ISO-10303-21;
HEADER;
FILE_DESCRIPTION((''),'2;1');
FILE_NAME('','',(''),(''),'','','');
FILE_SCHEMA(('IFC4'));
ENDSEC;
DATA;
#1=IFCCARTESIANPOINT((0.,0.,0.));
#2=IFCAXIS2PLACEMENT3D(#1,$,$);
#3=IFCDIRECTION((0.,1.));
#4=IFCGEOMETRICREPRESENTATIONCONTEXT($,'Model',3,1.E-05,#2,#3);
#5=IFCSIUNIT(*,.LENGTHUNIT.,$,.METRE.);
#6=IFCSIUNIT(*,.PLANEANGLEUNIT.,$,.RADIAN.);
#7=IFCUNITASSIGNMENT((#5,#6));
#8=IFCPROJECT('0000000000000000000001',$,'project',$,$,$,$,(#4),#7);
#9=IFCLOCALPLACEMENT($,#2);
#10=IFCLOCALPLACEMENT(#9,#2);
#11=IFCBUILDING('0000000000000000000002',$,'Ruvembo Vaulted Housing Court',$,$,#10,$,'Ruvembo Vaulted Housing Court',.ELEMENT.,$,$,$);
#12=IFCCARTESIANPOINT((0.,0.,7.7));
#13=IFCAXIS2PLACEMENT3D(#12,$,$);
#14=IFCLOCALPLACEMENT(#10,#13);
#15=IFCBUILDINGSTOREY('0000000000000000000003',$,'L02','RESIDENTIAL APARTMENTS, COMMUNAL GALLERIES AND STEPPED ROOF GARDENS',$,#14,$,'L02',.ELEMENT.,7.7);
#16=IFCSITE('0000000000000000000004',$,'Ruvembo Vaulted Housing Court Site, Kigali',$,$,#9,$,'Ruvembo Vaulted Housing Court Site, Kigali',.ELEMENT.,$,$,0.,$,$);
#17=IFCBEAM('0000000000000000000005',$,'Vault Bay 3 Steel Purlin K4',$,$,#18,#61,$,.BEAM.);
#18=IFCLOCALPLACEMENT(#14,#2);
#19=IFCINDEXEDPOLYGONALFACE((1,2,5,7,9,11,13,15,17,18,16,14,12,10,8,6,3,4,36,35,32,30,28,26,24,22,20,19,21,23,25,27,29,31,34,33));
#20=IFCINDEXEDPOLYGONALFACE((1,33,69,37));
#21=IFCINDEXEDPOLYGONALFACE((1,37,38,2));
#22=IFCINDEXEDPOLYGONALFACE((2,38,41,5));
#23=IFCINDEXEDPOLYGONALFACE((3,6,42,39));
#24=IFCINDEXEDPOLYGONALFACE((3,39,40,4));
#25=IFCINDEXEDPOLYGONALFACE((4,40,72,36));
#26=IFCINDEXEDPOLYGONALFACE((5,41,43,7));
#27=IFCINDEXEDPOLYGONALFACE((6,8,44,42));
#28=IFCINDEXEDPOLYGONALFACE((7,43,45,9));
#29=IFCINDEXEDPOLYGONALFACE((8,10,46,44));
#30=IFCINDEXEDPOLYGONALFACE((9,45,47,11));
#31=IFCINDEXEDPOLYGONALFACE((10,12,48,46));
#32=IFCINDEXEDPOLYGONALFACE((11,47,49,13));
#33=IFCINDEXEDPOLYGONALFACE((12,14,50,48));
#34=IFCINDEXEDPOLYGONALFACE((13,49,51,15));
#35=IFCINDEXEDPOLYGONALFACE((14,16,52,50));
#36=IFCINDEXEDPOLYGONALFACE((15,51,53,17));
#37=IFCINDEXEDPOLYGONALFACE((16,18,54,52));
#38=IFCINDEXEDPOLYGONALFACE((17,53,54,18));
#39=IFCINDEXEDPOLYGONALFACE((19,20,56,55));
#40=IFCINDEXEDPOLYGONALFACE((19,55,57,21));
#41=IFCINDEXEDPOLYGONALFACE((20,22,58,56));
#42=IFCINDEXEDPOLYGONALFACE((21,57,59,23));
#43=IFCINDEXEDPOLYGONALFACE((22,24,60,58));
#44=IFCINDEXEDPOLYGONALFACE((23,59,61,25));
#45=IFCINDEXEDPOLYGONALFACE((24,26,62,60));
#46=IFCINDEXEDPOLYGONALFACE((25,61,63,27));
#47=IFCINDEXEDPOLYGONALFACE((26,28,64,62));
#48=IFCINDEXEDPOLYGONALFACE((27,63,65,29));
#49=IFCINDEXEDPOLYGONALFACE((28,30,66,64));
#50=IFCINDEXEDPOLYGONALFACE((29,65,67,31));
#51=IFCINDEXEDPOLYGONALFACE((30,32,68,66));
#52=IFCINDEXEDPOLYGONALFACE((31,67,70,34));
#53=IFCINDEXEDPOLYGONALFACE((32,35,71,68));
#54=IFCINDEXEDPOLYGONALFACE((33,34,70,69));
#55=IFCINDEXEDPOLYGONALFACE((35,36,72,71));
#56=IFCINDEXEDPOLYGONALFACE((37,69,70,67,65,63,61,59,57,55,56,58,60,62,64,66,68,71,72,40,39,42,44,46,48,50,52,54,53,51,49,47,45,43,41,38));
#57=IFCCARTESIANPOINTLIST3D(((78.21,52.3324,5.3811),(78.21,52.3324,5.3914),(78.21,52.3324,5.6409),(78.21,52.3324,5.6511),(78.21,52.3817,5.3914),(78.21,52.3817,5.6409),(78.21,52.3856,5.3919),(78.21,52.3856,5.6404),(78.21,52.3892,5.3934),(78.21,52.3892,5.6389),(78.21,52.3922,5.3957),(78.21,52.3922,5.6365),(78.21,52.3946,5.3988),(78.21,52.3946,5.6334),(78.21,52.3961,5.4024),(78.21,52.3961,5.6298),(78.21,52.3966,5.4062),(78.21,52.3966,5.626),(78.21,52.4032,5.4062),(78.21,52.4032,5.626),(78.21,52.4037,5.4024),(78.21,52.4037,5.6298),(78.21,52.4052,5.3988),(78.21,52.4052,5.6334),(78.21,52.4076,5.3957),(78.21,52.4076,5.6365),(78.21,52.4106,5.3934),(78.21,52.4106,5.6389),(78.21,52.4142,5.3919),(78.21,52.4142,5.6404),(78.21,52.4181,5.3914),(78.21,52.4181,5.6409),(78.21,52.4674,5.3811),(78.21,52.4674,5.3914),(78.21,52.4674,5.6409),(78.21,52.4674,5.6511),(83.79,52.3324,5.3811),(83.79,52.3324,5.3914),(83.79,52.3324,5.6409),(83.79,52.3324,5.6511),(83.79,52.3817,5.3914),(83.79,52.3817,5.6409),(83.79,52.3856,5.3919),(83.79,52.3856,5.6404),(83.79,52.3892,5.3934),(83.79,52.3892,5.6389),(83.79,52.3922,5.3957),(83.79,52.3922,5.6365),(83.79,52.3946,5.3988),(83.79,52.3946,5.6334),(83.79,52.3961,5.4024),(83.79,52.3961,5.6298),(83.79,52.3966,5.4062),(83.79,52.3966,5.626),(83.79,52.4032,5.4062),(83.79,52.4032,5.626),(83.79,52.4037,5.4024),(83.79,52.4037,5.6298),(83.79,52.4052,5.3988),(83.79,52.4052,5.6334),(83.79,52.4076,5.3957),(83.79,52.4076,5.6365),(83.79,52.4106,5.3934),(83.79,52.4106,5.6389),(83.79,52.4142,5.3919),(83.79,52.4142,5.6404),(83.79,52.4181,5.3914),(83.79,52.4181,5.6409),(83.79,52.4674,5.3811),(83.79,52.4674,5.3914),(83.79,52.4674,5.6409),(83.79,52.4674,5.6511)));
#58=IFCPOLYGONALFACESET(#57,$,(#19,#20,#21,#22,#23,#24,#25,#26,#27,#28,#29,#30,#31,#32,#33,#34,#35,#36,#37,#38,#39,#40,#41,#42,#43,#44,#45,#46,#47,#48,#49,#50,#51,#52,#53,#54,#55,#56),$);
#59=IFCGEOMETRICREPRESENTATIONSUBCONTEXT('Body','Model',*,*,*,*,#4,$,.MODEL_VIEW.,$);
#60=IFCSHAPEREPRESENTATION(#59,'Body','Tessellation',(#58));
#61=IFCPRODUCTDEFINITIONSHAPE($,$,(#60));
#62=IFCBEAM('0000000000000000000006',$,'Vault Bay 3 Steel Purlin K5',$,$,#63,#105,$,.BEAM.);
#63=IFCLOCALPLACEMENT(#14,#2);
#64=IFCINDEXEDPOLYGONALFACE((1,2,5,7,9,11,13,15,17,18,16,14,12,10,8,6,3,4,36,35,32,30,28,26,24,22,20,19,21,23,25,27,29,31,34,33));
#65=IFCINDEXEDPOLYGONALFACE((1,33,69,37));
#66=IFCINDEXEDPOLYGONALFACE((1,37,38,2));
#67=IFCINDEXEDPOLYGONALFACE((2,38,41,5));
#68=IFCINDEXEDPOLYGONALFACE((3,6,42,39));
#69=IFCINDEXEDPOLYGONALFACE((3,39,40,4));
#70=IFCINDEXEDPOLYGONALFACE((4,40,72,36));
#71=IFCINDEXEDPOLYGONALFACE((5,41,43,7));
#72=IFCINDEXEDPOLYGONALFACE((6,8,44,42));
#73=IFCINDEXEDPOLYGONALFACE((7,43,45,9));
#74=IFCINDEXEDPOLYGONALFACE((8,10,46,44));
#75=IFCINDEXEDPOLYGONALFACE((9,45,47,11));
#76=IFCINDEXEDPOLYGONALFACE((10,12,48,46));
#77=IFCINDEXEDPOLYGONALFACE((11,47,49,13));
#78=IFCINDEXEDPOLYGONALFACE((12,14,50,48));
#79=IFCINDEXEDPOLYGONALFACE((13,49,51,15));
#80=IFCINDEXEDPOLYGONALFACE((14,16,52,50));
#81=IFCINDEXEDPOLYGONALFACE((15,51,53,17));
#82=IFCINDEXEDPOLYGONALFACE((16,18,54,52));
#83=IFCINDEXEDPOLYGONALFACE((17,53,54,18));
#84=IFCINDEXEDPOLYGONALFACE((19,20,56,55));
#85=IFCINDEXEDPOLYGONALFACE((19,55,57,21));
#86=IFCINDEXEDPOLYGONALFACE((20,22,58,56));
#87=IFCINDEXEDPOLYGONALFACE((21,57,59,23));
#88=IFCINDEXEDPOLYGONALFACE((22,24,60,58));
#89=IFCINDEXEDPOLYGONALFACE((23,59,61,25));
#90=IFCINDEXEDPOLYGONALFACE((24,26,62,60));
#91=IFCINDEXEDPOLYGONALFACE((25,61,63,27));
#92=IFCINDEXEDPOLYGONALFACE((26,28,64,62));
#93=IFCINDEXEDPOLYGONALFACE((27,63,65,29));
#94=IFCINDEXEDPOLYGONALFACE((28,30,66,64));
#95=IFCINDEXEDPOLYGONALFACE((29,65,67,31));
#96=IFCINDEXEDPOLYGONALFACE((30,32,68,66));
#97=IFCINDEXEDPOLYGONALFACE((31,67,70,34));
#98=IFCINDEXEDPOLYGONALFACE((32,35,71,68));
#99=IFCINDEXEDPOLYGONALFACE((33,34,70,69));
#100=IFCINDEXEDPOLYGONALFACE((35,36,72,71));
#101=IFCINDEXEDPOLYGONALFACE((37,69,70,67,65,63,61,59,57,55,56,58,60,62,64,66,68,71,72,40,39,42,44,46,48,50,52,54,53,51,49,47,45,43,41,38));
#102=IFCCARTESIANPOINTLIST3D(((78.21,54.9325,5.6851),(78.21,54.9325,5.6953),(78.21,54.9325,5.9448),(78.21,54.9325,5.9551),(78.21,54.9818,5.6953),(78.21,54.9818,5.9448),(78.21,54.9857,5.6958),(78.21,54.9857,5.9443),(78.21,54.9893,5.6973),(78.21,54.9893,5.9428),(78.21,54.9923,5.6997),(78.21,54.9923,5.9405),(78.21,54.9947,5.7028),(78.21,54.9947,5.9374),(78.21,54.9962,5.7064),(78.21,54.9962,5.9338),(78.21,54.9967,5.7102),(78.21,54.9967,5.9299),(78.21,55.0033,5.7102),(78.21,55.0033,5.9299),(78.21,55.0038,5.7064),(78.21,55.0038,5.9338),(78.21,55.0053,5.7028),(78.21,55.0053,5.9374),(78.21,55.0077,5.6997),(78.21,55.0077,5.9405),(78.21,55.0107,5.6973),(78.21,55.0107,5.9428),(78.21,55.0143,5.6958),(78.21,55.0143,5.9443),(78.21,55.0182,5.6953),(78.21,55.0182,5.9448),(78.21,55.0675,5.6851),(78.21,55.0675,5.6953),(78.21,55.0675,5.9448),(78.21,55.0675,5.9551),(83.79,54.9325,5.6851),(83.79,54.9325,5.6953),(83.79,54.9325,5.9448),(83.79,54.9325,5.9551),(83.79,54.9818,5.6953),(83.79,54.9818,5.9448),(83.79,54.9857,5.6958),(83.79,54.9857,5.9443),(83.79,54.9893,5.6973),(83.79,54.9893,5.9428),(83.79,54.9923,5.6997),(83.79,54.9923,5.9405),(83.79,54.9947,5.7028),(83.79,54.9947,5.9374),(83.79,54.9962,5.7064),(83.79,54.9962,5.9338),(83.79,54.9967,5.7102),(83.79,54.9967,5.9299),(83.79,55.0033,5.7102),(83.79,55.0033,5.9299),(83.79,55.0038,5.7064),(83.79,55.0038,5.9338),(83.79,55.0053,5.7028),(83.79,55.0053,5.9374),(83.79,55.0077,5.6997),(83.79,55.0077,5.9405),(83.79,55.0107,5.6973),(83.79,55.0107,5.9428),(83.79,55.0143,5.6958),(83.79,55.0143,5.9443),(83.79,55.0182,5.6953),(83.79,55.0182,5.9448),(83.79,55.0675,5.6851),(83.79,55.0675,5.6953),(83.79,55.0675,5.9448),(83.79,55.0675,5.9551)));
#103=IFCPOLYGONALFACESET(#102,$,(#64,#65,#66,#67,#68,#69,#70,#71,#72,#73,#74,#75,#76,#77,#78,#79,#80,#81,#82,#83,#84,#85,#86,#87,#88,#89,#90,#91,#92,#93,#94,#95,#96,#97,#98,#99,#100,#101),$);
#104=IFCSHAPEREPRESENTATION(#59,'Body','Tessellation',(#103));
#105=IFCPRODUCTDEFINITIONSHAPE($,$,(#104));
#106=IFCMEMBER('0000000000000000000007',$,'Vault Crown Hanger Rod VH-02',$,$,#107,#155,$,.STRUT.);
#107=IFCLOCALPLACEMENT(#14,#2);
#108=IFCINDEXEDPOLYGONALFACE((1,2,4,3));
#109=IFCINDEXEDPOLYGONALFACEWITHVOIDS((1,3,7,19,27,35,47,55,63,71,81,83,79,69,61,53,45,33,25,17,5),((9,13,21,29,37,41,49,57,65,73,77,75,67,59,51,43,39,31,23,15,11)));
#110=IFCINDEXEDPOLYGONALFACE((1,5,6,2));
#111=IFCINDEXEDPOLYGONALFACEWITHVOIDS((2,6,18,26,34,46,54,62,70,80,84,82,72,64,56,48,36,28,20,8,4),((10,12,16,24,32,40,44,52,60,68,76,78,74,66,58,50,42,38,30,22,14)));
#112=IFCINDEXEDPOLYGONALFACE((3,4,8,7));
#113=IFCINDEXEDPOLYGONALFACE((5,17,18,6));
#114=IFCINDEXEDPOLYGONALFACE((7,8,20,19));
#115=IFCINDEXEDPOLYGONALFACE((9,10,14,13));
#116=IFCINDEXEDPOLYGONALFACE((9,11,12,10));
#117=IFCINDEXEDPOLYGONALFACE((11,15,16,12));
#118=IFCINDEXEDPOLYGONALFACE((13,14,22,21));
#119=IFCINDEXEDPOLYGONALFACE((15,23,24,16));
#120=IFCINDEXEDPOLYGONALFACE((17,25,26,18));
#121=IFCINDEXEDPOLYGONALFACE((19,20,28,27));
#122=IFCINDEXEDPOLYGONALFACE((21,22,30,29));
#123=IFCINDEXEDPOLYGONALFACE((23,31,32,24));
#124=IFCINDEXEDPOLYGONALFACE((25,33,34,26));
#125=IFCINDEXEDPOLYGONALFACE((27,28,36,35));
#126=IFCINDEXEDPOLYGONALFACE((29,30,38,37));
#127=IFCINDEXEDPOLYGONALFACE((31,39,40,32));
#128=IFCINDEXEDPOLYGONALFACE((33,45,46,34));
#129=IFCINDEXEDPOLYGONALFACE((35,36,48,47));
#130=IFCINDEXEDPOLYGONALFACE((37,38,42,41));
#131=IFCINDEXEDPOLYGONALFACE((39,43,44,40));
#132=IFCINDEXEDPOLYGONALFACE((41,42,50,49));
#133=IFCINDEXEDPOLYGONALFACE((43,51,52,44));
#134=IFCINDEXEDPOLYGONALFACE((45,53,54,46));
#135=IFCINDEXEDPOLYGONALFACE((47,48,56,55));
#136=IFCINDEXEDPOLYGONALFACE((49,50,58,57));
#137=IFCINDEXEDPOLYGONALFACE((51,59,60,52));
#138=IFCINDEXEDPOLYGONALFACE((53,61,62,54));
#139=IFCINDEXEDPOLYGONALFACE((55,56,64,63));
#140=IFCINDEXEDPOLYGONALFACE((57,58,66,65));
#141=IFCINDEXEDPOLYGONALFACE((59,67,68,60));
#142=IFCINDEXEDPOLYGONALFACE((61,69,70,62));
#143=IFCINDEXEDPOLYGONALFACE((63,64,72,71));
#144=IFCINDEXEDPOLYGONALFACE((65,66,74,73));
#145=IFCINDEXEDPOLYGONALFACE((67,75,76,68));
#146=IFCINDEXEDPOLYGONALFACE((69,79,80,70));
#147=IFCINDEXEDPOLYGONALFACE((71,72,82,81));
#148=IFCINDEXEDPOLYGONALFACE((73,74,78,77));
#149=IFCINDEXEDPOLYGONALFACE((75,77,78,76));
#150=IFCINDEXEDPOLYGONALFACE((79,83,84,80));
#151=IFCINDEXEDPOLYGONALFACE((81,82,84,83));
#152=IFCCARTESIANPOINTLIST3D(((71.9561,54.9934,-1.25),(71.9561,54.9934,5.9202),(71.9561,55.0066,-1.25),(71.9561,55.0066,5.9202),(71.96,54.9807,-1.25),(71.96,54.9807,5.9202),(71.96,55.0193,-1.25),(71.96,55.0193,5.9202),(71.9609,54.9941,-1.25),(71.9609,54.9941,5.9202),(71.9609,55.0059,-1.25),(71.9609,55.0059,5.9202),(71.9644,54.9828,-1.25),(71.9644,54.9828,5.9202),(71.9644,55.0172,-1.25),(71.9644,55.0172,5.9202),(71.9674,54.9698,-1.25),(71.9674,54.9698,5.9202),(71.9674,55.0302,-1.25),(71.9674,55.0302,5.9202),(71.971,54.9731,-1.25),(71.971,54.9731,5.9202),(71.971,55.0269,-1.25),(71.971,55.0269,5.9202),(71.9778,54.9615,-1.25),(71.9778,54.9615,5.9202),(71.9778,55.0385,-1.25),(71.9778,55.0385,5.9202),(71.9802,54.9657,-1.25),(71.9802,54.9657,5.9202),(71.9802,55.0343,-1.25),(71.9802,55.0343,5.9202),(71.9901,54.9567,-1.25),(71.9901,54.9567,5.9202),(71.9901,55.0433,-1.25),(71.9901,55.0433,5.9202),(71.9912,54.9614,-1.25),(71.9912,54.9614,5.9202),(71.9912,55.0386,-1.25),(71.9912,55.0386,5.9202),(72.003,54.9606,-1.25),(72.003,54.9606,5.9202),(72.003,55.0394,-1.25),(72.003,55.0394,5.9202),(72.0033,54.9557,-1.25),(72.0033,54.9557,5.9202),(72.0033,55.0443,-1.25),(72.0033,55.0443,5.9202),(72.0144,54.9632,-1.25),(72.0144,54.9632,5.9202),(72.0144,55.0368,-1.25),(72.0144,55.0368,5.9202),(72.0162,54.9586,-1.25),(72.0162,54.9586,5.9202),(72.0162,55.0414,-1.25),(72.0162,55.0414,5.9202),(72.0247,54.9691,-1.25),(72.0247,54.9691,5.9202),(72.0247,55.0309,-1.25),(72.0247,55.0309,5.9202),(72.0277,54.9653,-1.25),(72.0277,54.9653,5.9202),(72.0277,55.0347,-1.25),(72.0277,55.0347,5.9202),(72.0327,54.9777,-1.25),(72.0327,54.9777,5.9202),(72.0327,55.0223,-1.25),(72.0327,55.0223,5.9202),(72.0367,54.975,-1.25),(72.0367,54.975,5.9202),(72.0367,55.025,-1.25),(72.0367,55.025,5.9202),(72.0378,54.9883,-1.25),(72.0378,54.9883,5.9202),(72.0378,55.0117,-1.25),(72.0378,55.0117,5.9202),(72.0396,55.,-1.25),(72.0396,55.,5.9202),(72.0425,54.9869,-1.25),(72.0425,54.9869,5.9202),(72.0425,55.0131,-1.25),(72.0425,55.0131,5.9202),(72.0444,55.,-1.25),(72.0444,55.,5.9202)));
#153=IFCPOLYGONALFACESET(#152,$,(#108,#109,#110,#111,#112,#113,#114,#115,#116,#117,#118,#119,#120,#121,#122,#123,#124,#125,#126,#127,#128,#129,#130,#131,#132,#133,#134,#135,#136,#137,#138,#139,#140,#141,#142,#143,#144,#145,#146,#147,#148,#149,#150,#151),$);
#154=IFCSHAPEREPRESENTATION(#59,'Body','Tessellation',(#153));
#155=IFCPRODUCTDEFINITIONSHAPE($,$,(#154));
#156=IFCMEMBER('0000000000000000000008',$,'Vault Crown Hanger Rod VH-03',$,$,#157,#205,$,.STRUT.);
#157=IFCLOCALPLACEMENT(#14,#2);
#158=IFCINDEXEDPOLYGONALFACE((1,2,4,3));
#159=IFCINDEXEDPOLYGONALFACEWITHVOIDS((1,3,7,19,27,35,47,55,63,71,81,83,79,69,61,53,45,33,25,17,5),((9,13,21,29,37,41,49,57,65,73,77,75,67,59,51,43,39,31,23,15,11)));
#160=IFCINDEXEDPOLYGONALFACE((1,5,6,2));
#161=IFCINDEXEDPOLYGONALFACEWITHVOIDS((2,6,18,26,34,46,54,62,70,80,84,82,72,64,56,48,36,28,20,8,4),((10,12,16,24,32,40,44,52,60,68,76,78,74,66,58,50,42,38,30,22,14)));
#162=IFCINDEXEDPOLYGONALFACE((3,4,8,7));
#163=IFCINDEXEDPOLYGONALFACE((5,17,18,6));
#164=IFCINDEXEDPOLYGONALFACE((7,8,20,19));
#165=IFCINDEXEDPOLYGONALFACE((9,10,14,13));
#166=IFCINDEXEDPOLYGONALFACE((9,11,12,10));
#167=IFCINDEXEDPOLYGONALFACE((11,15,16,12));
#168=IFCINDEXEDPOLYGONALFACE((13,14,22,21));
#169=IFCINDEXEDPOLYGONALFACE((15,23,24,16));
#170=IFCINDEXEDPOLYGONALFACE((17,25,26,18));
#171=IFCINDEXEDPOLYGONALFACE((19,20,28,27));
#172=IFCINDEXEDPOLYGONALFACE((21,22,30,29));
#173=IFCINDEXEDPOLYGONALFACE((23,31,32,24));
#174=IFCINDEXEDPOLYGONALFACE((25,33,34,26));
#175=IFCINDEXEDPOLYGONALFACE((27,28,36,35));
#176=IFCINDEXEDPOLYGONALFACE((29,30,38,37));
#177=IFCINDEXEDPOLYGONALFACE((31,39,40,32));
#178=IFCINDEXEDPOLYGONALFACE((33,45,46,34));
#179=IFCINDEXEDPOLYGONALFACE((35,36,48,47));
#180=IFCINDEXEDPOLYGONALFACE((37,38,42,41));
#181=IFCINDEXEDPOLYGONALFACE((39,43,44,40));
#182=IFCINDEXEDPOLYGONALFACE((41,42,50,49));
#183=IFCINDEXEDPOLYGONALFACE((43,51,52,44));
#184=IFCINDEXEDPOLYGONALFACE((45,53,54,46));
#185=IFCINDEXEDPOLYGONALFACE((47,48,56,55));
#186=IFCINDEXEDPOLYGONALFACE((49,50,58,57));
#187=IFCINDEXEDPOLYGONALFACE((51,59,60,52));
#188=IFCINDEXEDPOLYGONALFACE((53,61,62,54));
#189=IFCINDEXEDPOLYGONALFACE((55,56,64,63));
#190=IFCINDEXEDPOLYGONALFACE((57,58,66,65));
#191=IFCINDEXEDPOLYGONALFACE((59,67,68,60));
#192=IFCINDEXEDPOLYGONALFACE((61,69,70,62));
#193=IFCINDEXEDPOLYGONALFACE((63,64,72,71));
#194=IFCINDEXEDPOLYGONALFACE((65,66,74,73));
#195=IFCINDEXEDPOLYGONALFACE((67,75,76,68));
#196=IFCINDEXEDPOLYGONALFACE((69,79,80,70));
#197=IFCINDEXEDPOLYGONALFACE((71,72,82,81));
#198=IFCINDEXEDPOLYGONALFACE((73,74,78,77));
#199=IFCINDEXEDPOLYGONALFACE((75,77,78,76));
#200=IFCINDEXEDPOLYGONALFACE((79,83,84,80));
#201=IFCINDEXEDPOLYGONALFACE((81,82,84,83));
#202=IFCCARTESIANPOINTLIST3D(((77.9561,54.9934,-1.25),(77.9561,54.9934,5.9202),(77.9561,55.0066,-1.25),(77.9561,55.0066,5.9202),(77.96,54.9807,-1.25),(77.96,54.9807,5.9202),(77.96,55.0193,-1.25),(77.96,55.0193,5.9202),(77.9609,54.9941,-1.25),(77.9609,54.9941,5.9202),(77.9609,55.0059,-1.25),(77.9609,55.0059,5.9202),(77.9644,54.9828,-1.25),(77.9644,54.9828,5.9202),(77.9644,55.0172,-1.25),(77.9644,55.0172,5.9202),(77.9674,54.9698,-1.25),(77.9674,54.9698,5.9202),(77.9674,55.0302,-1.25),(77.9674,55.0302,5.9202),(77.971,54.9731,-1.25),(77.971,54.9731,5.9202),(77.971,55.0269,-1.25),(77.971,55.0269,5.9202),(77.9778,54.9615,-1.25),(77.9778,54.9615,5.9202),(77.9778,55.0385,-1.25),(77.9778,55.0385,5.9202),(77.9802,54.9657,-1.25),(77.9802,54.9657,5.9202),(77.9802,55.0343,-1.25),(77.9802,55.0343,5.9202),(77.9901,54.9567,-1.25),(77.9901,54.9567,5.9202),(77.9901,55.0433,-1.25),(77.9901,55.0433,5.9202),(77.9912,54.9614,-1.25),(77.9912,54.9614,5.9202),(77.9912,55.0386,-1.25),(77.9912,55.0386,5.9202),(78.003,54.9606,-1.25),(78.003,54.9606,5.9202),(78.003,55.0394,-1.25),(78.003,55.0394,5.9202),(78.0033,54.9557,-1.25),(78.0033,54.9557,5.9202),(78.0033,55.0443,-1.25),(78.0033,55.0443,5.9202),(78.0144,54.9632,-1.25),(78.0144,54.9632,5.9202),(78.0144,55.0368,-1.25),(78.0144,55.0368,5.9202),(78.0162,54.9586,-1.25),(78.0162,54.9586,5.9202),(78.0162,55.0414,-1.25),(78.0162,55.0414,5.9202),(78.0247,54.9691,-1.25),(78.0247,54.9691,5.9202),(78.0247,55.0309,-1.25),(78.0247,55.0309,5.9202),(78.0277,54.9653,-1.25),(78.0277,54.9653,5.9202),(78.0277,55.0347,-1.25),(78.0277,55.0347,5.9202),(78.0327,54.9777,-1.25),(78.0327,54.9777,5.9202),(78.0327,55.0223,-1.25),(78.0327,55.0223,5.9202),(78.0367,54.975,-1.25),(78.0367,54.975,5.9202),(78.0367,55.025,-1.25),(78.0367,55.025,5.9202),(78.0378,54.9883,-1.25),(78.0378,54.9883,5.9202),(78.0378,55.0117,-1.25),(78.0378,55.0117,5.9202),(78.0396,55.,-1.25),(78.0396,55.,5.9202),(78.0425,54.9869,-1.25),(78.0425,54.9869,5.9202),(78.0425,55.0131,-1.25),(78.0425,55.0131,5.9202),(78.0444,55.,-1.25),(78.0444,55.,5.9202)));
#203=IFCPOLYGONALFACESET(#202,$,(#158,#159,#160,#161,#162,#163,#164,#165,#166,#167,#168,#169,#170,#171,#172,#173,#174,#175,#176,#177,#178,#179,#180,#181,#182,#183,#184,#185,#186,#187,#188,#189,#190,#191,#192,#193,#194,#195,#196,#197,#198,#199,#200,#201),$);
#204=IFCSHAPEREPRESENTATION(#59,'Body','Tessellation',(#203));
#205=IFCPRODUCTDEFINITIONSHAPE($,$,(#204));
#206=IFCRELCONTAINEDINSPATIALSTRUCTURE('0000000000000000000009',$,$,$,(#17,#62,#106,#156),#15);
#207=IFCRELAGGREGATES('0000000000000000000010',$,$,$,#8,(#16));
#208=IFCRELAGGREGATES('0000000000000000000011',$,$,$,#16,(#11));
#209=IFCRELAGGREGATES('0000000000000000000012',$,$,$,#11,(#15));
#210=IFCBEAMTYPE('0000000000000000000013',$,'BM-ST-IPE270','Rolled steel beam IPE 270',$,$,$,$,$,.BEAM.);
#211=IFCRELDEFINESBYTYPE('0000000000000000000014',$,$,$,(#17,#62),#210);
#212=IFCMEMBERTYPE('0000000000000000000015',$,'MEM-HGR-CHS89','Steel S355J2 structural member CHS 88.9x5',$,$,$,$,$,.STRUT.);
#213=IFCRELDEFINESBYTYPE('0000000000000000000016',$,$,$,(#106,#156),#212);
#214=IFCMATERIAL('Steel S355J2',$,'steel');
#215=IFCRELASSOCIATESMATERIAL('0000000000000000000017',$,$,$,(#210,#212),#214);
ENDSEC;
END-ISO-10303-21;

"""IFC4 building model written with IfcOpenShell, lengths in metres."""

from ifc_helpers import new_model, si_unit, direction, frame, origin, origin_2d, place, context, subcontext, project, spatial, hollow_circle, i_section, extrude, material, material_profile, profile_set, type_object, element, save


model = new_model("IFC4")

# Units and contexts
model_context = context("Model", 3, precision=1e-05, world=origin(), true_north=direction((0.0, 1.0)))
body_context = subcontext(model_context, "Body", "Model", "MODEL_VIEW")
ifc_project = project(units=[si_unit("LENGTHUNIT", "METRE"), si_unit("PLANEANGLEUNIT", "RADIAN")], contexts=[model_context])

# Site, building, storey
site_placement = place(None, origin())
site = spatial("IfcSite", under=ifc_project, at=site_placement, Name="Ruvembo Vaulted Housing Court Site, Kigali", LongName="Ruvembo Vaulted Housing Court Site, Kigali", CompositionType="ELEMENT", RefElevation=0.0)
building_placement = place(site_placement, origin())
building = spatial("IfcBuilding", under=site, at=building_placement, Name="Ruvembo Vaulted Housing Court", LongName="Ruvembo Vaulted Housing Court", CompositionType="ELEMENT")
storey_placement = place(building_placement, frame((0.0, 0.0, 7.7)))
storey = spatial("IfcBuildingStorey", under=building, at=storey_placement, Name="L02", Description="RESIDENTIAL APARTMENTS, COMMUNAL GALLERIES AND STEPPED ROOF GARDENS", LongName="L02", CompositionType="ELEMENT", Elevation=7.7)

# Beams
ifc_material_1 = material(Name="Steel S355J2", Category="steel")
ifc_material_profile_1 = material_profile(ifc_material_1, i_section(OverallWidth=0.135, OverallDepth=0.27, WebThickness=0.0066, FlangeThickness=0.0103, FilletRadius=0.0149, at=origin_2d()), Name="IPE 270")
ifc_profile_set_1 = profile_set([ifc_material_profile_1], Name="Steel S355J2")
beam_type_1 = type_object("IfcBeamType", Name="BM-ST-IPE270", Description="Rolled steel beam IPE 270", PredefinedType="BEAM", material=ifc_profile_set_1)
for number, where, z_axis, x_axis, name in (
    (1, (78.21, 52.3999, 5.5161), (1.0, 0.0, 0.0), (0.0, 1.0, 0.0), "Vault Bay 3 Steel Purlin K4"),
    (2, (78.21, 55.0, 5.8201), (1.0, 0.0, 0.0), (0.0, 1.0, 0.0), "Vault Bay 3 Steel Purlin K5"),
):
    element("IfcBeam", number, at=place(storey_placement, frame(where, z_axis=z_axis, x_axis=x_axis)), inside=storey, type_object=beam_type_1, Name=name, PredefinedType="BEAM", context=body_context, shape_type="SweptSolid", body=[
        extrude(i_section(OverallWidth=0.135, OverallDepth=0.27, WebThickness=0.0066, FlangeThickness=0.0103, FilletRadius=0.0149, at=origin_2d()), origin(), (0.0, 0.0, 1.0), 5.5801),
    ])

# Members
ifc_material_profile_2 = material_profile(ifc_material_1, hollow_circle(Radius=0.0444, WallThickness=0.0049, at=origin_2d()), Name="CHS 88.9x5")
ifc_profile_set_2 = profile_set([ifc_material_profile_2], Name="Steel S355J2")
member_type_1 = type_object("IfcMemberType", Name="MEM-HGR-CHS89", Description="Steel S355J2 structural member CHS 88.9x5", PredefinedType="STRUT", material=ifc_profile_set_2)
for number, where, z_axis, x_axis, name in (
    (3, (72.0, 55.0, -1.25), (0.0, 0.0, 1.0), (1.0, 0.0, 0.0), "Vault Crown Hanger Rod VH-02"),
    (4, (78.0, 55.0, -1.25), (0.0, 0.0, 1.0), (1.0, 0.0, 0.0), "Vault Crown Hanger Rod VH-03"),
):
    element("IfcMember", number, at=place(storey_placement, frame(where, z_axis=z_axis, x_axis=x_axis)), inside=storey, type_object=member_type_1, Name=name, PredefinedType="STRUT", context=body_context, shape_type="SweptSolid", body=[
        extrude(hollow_circle(Radius=0.0444, WallThickness=0.0049, at=origin_2d()), origin(), (0.0, 0.0, 1.0), 7.1702),
    ])

save(model, "model.ifc")
